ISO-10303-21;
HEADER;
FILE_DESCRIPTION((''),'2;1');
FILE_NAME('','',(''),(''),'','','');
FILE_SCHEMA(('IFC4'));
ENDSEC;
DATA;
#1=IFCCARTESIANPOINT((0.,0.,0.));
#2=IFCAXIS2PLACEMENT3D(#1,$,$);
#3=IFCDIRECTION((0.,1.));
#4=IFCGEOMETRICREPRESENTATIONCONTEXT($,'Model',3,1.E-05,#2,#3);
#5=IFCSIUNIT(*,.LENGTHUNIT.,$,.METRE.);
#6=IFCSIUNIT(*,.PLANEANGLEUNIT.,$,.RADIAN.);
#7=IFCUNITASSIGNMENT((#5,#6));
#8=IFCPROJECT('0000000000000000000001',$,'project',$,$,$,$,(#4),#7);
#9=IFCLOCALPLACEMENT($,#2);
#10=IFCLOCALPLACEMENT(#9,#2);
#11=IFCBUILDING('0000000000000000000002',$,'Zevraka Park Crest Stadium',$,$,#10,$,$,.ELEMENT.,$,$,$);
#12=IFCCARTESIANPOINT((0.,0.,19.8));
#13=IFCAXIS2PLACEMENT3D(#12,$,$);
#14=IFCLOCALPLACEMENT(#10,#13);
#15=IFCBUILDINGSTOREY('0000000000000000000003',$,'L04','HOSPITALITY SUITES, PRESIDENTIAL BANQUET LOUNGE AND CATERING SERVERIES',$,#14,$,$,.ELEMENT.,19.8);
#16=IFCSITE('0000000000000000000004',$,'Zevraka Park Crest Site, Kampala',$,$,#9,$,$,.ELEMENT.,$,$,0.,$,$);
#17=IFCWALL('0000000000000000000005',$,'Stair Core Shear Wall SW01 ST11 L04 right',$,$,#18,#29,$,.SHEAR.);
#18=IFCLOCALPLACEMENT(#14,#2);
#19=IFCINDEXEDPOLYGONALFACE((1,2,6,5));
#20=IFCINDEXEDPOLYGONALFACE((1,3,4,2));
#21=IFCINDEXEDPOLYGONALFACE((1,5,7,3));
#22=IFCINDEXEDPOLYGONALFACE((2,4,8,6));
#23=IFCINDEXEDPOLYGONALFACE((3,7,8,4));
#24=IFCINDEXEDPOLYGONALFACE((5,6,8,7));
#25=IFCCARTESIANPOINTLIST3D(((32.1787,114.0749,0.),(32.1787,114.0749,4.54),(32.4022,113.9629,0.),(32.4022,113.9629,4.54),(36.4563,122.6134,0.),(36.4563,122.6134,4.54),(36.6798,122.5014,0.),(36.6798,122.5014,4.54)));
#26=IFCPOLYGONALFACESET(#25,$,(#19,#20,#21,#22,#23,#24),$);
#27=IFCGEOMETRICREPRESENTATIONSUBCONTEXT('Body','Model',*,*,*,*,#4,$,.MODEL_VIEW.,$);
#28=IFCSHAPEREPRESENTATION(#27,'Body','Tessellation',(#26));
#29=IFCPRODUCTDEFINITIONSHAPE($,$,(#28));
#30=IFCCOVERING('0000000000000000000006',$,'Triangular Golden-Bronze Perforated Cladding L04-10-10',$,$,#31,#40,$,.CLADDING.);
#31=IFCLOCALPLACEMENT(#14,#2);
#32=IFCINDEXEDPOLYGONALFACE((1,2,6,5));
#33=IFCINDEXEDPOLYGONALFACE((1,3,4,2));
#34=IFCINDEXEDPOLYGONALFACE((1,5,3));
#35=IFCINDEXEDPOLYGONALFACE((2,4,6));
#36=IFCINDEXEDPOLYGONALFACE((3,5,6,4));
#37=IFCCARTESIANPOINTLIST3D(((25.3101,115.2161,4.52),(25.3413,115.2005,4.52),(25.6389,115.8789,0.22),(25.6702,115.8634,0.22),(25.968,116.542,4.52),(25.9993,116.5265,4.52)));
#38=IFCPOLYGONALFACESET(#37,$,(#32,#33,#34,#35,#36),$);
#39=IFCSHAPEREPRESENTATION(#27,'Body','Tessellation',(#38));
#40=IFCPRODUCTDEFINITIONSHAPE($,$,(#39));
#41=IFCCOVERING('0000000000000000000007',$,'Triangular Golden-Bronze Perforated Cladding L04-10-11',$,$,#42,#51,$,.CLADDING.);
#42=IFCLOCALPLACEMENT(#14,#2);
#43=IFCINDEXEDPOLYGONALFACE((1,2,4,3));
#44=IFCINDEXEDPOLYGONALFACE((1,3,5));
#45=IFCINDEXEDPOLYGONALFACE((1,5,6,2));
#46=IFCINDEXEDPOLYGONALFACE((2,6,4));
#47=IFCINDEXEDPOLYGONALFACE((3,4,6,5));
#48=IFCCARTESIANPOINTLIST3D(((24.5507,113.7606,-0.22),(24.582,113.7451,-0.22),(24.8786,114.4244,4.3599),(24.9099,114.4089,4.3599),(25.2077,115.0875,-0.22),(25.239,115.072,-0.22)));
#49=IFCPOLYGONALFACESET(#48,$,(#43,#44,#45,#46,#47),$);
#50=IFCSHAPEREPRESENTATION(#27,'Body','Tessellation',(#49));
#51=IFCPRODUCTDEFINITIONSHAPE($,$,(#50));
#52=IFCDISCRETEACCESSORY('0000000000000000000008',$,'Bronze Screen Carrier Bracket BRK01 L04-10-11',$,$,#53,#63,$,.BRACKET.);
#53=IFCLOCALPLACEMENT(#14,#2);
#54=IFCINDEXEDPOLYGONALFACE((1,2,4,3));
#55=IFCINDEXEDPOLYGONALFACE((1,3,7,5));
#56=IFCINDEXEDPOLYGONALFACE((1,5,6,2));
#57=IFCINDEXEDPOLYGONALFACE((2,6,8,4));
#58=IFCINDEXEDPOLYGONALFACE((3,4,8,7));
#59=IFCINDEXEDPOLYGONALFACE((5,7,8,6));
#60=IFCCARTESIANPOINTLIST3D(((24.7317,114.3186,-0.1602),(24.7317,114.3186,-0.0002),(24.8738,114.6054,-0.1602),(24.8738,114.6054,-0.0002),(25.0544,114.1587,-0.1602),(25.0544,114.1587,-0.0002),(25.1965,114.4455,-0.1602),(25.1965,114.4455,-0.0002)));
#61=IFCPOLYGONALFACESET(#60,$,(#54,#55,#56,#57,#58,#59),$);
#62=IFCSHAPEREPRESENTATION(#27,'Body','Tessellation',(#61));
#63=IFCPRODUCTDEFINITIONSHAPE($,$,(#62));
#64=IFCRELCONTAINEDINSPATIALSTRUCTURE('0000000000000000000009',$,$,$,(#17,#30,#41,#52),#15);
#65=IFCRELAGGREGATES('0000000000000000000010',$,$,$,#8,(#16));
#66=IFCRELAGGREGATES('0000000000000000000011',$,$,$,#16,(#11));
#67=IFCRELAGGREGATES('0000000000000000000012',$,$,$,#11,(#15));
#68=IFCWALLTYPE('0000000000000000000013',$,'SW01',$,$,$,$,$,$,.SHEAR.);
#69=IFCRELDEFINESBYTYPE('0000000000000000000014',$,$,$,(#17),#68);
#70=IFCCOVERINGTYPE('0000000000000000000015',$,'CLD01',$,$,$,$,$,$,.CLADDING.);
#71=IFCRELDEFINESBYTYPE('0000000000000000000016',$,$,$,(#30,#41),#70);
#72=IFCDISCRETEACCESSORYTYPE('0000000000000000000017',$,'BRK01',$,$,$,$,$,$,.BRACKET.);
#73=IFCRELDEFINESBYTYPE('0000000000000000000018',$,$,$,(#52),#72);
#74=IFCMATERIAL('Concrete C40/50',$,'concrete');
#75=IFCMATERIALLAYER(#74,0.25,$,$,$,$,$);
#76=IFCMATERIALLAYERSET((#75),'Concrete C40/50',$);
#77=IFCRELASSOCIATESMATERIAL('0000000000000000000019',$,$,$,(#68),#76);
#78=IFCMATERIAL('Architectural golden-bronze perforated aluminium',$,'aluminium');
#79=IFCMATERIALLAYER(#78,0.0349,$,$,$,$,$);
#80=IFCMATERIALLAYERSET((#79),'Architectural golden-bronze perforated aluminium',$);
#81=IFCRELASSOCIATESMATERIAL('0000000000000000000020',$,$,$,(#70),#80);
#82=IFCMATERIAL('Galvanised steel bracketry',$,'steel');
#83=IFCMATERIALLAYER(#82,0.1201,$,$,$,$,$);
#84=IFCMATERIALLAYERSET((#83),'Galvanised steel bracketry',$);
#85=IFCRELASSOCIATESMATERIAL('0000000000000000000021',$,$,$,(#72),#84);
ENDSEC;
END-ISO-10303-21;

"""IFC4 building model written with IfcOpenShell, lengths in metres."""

from ifc_helpers import new_model, si_unit, direction, frame, frame_2d, origin, origin_2d, place, context, subcontext, project, spatial, polyline, rectangle, outline, extrude, material, layer, layer_set, type_object, element, save


model = new_model("IFC4")

# Units and contexts
model_context = context("Model", 3, precision=1e-05, world=origin(), true_north=direction((0.0, 1.0)))
body_context = subcontext(model_context, "Body", "Model", "MODEL_VIEW")
ifc_project = project(units=[si_unit("LENGTHUNIT", "METRE"), si_unit("PLANEANGLEUNIT", "RADIAN")], contexts=[model_context])

# Site, building, storey
site_placement = place(None, origin())
site = spatial("IfcSite", under=ifc_project, at=site_placement, Name="Zevraka Park Crest Site, Kampala", CompositionType="ELEMENT", RefElevation=0.0)
building_placement = place(site_placement, origin())
building = spatial("IfcBuilding", under=site, at=building_placement, Name="Zevraka Park Crest Stadium", CompositionType="ELEMENT")
storey_placement = place(building_placement, frame((0.0, 0.0, 19.8)))
storey = spatial("IfcBuildingStorey", under=building, at=storey_placement, Name="L04", Description="HOSPITALITY SUITES, PRESIDENTIAL BANQUET LOUNGE AND CATERING SERVERIES", CompositionType="ELEMENT", Elevation=19.8)

# Wall
ifc_material_1 = material(Name="Concrete C40/50", Category="concrete")
ifc_layer_1 = layer(ifc_material_1, 0.25)
ifc_layer_set_1 = layer_set([ifc_layer_1], Name="Concrete C40/50")
wall_type_1 = type_object("IfcWallType", Name="SW01", PredefinedType="SHEAR", material=ifc_layer_set_1)
wall_1_placement = place(storey_placement, frame((32.2905, 114.019, 0.0), z_axis=(0.0, 0.0, 1.0), x_axis=(0.447909, 0.894079, 0.0)))
element("IfcWall", 1, at=wall_1_placement, inside=storey, type_object=wall_type_1, Name="Stair Core Shear Wall SW01 ST11 L04 right", PredefinedType="SHEAR", context=body_context, shape_type="SweptSolid", body=[
    extrude(rectangle(XDim=9.55, YDim=0.25, at=frame_2d((4.7749, 0.0))), origin(), (0.0, 0.0, 1.0), 4.54),
])

# Coverings
ifc_material_2 = material(Name="Architectural golden-bronze perforated aluminium", Category="aluminium")
ifc_layer_2 = layer(ifc_material_2, 0.0349)
ifc_layer_set_2 = layer_set([ifc_layer_2], Name="Architectural golden-bronze perforated aluminium")
covering_type = type_object("IfcCoveringType", Name="CLD01", PredefinedType="CLADDING", material=ifc_layer_set_2)
covering_1_placement = place(storey_placement, frame((25.3101, 115.2161, 4.52), z_axis=(-0.895776, 0.444507, 0.000013), x_axis=(0.444507, 0.895776, 0.0)))
element("IfcCovering", 2, at=covering_1_placement, inside=storey, type_object=covering_type, Name="Triangular Golden-Bronze Perforated Cladding L04-10-10", PredefinedType="CLADDING", context=body_context, shape_type="SweptSolid", body=[
    extrude(outline(polyline([(0.0, 0.0), (1.4802, 0.0), (0.7399, 4.3), (0.0, 0.0)])), origin(), (0.0, 0.0, -1.0), 0.0349),
])
covering_2_placement = place(storey_placement, frame((25.239, 115.072, -0.22), z_axis=(0.896168, -0.443715, 0.000155), x_axis=(-0.443715, -0.896168, 0.0)))
element("IfcCovering", 3, at=covering_2_placement, inside=storey, type_object=covering_type, Name="Triangular Golden-Bronze Perforated Cladding L04-10-11", PredefinedType="CLADDING", context=body_context, shape_type="SweptSolid", body=[
    extrude(outline(polyline([(0.0, 0.0), (1.4806, 0.0), (0.7403, -4.5798), (0.0, 0.0)])), origin(), (0.0, 0.0, -1.0), 0.0349),
])

# Discrete accessory
ifc_material_3 = material(Name="Galvanised steel bracketry", Category="steel")
ifc_layer_3 = layer(ifc_material_3, 0.1201)
ifc_layer_set_3 = layer_set([ifc_layer_3], Name="Galvanised steel bracketry")
discrete_accessory_type = type_object("IfcDiscreteAccessoryType", Name="BRK01", PredefinedType="BRACKET", material=ifc_layer_set_3)
discrete_accessory_placement = place(storey_placement, frame((24.9641, 114.3821, -0.1602), z_axis=(0.0, 0.0, 1.0), x_axis=(-0.44401, -0.896022, 0.0)))
element("IfcDiscreteAccessory", 4, at=discrete_accessory_placement, inside=storey, type_object=discrete_accessory_type, Name="Bronze Screen Carrier Bracket BRK01 L04-10-11", PredefinedType="BRACKET", context=body_context, shape_type="SweptSolid", body=[
    extrude(rectangle(XDim=0.3201, YDim=0.3601, at=origin_2d()), origin(), (0.0, 0.0, 1.0), 0.1599),
])

save(model, "model.ifc")
